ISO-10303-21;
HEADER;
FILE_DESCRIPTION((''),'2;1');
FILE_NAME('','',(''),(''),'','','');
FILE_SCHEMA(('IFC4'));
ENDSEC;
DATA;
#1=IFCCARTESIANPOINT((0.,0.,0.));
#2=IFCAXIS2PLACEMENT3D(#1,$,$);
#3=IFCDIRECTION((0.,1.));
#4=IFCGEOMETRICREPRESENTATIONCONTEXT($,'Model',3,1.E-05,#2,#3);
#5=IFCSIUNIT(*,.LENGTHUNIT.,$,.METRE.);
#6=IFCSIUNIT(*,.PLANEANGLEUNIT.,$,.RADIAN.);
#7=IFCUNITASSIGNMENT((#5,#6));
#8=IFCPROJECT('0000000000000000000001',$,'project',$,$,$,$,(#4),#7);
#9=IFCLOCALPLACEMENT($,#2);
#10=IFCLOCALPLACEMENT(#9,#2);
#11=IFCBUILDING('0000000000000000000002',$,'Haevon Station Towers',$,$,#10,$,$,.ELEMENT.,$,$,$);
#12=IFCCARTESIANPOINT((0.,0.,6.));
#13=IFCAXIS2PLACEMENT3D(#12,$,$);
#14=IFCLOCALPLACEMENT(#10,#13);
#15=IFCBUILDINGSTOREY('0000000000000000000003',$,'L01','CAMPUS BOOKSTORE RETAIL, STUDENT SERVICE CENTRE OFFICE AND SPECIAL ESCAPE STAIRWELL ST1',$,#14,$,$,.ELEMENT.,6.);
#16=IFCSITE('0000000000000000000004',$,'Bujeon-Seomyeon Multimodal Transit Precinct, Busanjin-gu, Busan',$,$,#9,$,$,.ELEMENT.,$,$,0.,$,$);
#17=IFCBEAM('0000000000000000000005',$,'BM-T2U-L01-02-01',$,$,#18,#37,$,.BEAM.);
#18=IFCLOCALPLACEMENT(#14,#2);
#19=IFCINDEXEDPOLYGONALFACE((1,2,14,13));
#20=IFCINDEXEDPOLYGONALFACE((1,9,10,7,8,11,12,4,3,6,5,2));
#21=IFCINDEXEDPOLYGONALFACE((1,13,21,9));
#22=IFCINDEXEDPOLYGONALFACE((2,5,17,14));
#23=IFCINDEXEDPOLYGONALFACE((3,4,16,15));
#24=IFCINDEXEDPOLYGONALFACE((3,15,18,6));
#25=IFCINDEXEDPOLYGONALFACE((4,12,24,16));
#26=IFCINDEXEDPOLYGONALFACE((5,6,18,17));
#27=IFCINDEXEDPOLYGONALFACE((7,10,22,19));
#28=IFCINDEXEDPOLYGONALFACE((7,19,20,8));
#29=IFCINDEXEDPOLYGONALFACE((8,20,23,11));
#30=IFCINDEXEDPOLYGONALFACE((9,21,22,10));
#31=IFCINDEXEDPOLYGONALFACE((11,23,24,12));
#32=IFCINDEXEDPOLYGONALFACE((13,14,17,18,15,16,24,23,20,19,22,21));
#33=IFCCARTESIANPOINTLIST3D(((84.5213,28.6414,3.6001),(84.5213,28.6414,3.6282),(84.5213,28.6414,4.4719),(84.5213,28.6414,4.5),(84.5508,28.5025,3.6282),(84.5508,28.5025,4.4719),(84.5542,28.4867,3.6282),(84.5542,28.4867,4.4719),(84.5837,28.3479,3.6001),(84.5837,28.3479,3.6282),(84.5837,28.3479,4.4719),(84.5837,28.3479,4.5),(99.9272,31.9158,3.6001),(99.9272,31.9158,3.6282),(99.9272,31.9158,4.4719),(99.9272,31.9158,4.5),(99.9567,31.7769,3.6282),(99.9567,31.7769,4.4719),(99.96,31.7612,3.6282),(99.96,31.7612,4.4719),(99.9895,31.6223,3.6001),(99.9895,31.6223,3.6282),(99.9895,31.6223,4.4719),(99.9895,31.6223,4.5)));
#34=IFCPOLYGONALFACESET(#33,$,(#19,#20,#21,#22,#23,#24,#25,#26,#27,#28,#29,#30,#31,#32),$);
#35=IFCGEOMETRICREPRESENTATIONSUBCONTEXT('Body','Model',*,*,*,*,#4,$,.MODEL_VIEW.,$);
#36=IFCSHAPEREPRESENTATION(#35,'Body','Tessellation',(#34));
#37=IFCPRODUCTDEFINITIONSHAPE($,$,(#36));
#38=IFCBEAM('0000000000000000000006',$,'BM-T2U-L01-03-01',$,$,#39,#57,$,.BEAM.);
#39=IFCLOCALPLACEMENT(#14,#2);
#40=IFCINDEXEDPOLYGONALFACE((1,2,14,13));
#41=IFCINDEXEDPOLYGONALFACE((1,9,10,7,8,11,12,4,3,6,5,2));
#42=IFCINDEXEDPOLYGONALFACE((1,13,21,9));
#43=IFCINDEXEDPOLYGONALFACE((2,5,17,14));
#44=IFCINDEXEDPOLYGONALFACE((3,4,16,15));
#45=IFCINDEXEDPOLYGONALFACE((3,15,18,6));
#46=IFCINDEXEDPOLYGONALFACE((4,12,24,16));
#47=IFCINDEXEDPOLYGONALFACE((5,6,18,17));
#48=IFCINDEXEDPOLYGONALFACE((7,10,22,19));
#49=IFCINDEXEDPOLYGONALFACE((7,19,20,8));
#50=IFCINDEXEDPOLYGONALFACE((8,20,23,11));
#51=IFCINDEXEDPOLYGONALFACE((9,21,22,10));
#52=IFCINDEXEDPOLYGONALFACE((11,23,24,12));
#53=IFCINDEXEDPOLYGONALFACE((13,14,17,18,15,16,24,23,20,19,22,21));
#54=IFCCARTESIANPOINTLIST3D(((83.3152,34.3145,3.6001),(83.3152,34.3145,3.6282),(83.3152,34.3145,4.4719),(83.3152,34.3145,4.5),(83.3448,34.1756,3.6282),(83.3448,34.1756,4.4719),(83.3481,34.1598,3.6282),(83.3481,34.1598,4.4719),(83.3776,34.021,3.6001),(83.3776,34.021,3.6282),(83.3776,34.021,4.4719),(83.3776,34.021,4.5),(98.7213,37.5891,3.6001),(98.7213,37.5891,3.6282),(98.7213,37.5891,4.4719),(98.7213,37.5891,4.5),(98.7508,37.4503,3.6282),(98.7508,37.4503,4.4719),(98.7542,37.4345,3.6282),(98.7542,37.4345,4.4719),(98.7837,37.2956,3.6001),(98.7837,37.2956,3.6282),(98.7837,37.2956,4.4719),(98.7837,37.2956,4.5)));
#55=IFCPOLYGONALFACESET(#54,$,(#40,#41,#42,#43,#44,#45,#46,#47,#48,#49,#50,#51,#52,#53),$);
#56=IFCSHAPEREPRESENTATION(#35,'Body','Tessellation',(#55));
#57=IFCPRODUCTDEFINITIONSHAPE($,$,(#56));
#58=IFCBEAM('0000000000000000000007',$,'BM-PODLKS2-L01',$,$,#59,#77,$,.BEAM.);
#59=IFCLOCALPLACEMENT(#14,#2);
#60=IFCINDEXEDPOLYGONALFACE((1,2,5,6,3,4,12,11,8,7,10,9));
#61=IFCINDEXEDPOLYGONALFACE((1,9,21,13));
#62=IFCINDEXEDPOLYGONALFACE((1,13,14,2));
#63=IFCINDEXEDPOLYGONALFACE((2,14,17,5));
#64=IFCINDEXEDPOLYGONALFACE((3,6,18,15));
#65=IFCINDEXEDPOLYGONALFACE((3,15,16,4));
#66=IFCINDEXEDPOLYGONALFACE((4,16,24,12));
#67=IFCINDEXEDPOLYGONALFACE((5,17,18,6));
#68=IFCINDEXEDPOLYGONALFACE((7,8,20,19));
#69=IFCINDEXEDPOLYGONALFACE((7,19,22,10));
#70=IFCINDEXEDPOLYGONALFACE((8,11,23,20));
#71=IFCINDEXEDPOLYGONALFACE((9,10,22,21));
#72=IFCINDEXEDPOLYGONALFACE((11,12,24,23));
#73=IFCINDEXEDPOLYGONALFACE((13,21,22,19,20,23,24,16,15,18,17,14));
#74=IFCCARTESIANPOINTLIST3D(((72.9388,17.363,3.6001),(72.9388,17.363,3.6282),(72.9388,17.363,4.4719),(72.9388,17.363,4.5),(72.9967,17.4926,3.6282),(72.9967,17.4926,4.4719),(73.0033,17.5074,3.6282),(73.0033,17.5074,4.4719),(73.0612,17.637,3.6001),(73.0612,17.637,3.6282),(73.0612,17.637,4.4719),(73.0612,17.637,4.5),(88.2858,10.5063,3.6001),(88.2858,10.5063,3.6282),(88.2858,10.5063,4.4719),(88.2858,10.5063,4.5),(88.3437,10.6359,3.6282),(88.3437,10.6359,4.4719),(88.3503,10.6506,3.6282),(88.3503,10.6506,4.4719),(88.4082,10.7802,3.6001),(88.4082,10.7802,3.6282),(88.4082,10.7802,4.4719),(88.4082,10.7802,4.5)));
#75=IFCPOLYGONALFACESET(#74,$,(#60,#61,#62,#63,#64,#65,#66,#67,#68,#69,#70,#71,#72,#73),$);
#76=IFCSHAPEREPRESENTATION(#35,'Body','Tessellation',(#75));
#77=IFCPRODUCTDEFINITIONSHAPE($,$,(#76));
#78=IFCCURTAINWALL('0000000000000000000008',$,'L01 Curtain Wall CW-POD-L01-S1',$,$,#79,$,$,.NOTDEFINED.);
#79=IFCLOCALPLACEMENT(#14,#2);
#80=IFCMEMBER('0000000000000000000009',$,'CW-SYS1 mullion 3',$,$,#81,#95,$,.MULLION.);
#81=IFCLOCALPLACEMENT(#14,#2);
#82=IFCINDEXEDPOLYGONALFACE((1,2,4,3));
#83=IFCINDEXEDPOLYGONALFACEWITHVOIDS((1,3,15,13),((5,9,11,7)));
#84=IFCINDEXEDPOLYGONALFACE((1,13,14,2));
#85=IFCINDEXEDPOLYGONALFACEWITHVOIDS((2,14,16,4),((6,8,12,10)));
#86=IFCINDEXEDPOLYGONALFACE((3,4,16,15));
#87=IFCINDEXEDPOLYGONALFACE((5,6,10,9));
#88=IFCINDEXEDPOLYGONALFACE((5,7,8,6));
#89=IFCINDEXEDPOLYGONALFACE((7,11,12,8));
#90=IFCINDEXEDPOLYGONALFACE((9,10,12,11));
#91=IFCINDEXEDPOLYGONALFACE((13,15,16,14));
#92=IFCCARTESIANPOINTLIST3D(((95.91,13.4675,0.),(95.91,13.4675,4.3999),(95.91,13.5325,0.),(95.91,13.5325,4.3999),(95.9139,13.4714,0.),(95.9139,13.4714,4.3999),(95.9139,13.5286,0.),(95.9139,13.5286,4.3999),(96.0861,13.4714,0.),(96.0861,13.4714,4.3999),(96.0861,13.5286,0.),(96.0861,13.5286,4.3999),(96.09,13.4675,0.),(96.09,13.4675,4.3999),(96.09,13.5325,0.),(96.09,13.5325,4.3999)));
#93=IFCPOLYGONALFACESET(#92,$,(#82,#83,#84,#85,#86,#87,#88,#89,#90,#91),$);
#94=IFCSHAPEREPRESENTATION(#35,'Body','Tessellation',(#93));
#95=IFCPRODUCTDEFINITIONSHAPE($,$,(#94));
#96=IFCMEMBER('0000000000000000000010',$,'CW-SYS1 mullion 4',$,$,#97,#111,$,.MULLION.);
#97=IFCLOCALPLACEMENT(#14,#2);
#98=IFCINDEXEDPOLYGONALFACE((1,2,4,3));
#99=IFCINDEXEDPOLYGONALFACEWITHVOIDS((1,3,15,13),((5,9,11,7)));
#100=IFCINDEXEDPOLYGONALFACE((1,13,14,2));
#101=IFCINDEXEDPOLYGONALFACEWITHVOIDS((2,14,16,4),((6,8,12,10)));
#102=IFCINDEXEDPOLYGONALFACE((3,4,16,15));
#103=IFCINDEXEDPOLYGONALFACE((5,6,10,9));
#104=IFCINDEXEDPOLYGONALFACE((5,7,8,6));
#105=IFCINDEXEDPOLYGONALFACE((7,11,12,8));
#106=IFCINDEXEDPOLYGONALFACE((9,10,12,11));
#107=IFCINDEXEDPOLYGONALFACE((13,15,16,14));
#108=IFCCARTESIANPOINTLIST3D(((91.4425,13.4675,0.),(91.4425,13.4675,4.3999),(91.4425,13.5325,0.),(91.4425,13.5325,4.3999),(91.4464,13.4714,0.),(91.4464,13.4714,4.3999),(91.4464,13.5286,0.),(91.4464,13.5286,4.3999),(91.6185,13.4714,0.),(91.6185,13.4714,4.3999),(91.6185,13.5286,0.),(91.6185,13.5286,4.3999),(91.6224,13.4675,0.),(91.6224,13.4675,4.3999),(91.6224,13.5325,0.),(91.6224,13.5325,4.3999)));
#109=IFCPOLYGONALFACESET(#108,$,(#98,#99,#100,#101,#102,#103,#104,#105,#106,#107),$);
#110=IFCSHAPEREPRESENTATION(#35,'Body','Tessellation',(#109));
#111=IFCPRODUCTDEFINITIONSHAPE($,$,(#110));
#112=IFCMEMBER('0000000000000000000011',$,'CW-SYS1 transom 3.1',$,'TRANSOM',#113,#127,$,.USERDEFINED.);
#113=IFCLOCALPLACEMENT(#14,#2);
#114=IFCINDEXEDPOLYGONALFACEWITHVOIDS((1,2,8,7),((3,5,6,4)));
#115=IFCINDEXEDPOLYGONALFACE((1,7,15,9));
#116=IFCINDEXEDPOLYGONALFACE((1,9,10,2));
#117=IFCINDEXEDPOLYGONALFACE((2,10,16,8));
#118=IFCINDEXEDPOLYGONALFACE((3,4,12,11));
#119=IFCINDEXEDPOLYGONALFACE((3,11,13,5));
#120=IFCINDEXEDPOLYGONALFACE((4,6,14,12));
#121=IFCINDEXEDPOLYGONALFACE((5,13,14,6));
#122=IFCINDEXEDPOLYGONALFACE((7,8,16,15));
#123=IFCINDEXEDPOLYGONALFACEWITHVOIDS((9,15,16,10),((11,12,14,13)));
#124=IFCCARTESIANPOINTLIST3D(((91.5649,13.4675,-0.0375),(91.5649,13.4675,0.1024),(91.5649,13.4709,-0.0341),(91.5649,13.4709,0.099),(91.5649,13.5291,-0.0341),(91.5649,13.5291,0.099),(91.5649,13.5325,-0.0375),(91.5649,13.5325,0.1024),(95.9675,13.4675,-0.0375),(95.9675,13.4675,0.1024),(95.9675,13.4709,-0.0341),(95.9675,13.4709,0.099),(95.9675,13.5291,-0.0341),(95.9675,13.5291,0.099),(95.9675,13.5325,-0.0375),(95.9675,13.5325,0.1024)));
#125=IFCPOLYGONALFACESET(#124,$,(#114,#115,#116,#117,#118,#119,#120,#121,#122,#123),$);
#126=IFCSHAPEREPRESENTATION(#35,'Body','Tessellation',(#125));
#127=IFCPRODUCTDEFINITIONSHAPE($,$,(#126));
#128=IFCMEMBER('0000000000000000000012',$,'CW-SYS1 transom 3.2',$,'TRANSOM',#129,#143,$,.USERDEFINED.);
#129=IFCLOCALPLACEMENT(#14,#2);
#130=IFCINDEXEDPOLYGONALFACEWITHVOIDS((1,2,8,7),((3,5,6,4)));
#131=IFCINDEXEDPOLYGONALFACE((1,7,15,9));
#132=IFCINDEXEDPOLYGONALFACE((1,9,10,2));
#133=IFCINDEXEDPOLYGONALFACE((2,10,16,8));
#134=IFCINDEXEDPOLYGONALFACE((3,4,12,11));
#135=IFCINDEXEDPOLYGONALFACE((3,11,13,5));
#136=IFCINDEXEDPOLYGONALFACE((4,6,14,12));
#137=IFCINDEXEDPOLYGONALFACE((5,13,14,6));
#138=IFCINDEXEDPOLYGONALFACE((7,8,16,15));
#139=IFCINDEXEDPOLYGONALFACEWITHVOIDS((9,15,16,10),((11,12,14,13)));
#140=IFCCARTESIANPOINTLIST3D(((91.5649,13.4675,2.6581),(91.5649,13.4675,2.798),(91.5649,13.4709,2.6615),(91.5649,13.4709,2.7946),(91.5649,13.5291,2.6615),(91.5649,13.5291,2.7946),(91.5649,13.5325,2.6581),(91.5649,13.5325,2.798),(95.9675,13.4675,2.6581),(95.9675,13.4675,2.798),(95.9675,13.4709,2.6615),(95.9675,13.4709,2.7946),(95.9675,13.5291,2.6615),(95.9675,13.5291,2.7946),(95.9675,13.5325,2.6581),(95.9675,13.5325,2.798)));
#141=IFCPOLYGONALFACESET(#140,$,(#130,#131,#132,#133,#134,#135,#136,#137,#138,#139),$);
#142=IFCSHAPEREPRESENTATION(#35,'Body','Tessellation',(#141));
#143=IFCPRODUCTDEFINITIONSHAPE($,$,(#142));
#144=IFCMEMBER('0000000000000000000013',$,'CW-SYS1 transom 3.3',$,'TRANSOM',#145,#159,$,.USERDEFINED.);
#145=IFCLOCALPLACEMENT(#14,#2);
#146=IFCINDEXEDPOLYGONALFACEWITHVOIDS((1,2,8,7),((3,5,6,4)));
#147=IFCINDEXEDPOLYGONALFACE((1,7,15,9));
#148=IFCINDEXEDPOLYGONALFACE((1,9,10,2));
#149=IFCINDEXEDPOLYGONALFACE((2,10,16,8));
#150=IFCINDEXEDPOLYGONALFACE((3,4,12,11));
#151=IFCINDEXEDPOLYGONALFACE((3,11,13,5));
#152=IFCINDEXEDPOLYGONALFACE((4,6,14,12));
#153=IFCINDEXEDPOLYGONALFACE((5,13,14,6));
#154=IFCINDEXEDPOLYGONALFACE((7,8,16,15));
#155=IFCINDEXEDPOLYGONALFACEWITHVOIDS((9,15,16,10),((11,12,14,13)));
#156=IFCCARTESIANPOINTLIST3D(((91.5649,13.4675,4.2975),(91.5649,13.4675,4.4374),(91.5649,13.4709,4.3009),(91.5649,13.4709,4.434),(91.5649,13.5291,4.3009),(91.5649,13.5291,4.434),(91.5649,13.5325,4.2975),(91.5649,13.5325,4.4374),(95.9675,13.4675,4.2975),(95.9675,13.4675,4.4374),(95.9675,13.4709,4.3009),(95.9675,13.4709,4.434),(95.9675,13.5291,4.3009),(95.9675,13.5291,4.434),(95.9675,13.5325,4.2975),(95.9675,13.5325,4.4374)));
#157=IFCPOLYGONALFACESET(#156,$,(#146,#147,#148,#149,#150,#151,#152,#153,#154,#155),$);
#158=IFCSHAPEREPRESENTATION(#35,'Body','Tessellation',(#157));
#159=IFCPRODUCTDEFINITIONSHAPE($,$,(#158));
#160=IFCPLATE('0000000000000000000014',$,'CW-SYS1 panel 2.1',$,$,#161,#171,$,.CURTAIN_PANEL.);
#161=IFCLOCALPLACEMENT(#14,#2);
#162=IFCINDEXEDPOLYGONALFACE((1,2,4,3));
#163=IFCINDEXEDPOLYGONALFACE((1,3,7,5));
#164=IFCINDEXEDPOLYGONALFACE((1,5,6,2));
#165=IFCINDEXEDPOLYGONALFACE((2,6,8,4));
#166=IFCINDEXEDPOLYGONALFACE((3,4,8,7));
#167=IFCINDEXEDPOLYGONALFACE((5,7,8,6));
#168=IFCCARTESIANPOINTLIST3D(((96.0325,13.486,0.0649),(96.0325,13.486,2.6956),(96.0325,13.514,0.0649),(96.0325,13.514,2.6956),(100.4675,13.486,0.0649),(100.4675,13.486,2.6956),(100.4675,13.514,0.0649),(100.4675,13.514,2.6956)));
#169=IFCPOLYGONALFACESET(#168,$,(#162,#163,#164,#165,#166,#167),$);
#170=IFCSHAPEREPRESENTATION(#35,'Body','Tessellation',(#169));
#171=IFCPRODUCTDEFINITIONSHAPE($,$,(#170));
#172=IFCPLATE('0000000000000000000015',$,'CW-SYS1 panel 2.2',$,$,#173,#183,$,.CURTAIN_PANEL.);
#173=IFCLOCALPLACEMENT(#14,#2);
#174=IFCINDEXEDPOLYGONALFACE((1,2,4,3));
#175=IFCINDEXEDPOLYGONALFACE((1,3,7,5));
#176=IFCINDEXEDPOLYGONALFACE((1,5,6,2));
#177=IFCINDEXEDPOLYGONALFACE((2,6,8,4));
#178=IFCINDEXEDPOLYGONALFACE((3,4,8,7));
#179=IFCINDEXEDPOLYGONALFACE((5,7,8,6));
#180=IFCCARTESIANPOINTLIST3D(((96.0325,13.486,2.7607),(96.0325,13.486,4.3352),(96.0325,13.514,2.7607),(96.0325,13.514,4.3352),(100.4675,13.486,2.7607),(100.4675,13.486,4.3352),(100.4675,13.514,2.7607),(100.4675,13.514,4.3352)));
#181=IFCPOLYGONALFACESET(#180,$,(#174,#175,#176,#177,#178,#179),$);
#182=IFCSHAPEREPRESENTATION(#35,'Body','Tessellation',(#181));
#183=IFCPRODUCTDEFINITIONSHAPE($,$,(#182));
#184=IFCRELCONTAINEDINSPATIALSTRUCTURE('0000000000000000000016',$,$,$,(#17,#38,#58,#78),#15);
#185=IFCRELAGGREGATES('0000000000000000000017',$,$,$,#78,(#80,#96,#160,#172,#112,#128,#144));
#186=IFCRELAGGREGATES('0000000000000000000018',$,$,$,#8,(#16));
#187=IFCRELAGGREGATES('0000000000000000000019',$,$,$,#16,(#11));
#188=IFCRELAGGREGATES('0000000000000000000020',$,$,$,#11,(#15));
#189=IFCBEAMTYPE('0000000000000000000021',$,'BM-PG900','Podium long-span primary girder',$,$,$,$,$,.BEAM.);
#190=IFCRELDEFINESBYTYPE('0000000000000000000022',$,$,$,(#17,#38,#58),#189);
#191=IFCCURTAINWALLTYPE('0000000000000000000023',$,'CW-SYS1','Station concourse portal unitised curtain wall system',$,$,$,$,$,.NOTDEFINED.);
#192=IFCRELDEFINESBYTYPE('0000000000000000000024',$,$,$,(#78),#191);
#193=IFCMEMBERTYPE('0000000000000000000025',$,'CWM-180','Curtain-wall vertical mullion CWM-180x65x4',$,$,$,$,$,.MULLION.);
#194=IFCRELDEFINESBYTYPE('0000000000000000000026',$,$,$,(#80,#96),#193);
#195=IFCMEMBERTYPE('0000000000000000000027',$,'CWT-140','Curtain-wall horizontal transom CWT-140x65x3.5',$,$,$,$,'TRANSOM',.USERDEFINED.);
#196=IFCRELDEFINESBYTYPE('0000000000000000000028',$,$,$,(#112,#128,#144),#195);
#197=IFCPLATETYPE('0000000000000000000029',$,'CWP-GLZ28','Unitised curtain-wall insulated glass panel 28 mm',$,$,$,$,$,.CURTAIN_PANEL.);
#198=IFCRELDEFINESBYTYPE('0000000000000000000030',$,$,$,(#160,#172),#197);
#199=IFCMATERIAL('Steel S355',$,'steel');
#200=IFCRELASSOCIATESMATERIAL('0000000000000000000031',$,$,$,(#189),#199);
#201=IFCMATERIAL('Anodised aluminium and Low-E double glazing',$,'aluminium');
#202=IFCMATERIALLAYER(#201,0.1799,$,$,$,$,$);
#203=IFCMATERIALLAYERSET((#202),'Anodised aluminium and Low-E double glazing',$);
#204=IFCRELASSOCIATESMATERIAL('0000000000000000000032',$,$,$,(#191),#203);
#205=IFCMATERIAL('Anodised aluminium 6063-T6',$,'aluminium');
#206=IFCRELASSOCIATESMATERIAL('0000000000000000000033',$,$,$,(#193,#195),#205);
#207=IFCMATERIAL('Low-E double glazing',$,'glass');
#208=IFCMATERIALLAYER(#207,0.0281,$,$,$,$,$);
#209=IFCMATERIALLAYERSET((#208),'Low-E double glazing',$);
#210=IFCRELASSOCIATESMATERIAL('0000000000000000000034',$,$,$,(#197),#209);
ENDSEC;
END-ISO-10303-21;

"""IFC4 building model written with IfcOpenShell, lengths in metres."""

from ifc_helpers import new_model, si_unit, direction, frame, origin, origin_2d, place, context, subcontext, project, spatial, rectangle, hollow_rectangle, i_section, extrude, material, layer, layer_set, material_profile, profile_set, type_object, element, aggregate, save


model = new_model("IFC4")

# Units and contexts
model_context = context("Model", 3, precision=1e-05, world=origin(), true_north=direction((0.0, 1.0)))
body_context = subcontext(model_context, "Body", "Model", "MODEL_VIEW")
ifc_project = project(units=[si_unit("LENGTHUNIT", "METRE"), si_unit("PLANEANGLEUNIT", "RADIAN")], contexts=[model_context])

# Site, building, storey
site_placement = place(None, origin())
site = spatial("IfcSite", under=ifc_project, at=site_placement, Name="Bujeon-Seomyeon Multimodal Transit Precinct, Busanjin-gu, Busan", CompositionType="ELEMENT", RefElevation=0.0)
building_placement = place(site_placement, origin())
building = spatial("IfcBuilding", under=site, at=building_placement, Name="Haevon Station Towers", CompositionType="ELEMENT")
storey_placement = place(building_placement, frame((0.0, 0.0, 6.0)))
storey = spatial("IfcBuildingStorey", under=building, at=storey_placement, Name="L01", Description="CAMPUS BOOKSTORE RETAIL, STUDENT SERVICE CENTRE OFFICE AND SPECIAL ESCAPE STAIRWELL ST1", CompositionType="ELEMENT", Elevation=6.0)

# Beams
ifc_material_1 = material(Name="Steel S355", Category="steel")
ifc_material_profile_1 = material_profile(ifc_material_1, i_section(OverallWidth=0.3, OverallDepth=0.8999, WebThickness=0.0161, FlangeThickness=0.0281, at=origin_2d()), Name="H-900x300x16x28")
ifc_profile_set_1 = profile_set([ifc_material_profile_1], Name="Steel S355")
beam_type_1 = type_object("IfcBeamType", Name="BM-PG900", Description="Podium long-span primary girder", PredefinedType="BEAM", material=ifc_profile_set_1)
for number, where, z_axis, x_axis, name in (
    (1, (84.5525, 28.4946, 4.05), (0.97815, 0.207901, 0.0), (-0.207901, 0.97815, 0.0), "BM-T2U-L01-02-01"),
):
    element("IfcBeam", number, at=place(storey_placement, frame(where, z_axis=z_axis, x_axis=x_axis)), inside=storey, type_object=beam_type_1, Name=name, PredefinedType="BEAM", context=body_context, shape_type="SweptSolid", body=[
        extrude(i_section(OverallWidth=0.3, OverallDepth=0.8999, WebThickness=0.0161, FlangeThickness=0.0281, at=origin_2d()), origin(), (0.0, 0.0, 1.0), 15.75),
    ])
beam_1_placement = place(storey_placement, frame((83.3464, 34.1677, 4.05), z_axis=(0.978147, 0.207912, 0.0), x_axis=(-0.207912, 0.978147, 0.0)))
element("IfcBeam", 2, at=beam_1_placement, inside=storey, type_object=beam_type_1, Name="BM-T2U-L01-03-01", PredefinedType="BEAM", context=body_context, shape_type="SweptSolid", body=[
    extrude(i_section(OverallWidth=0.3, OverallDepth=0.8999, WebThickness=0.0161, FlangeThickness=0.0281, at=origin_2d()), origin(), (0.0, 0.0, 1.0), 15.7502),
])
beam_2_placement = place(storey_placement, frame((73.0, 17.5, 4.05), z_axis=(0.913019, -0.407918, 0.0), x_axis=(0.407918, 0.913019, 0.0)))
element("IfcBeam", 3, at=beam_2_placement, inside=storey, type_object=beam_type_1, Name="BM-PODLKS2-L01", PredefinedType="BEAM", context=body_context, shape_type="SweptSolid", body=[
    extrude(i_section(OverallWidth=0.3, OverallDepth=0.8999, WebThickness=0.0161, FlangeThickness=0.0281, at=origin_2d()), origin(), (0.0, 0.0, 1.0), 16.8091),
])

# Curtain wall, members, plates
ifc_material_2 = material(Name="Anodised aluminium and Low-E double glazing", Category="aluminium")
ifc_layer_1 = layer(ifc_material_2, 0.1799)
ifc_layer_set_1 = layer_set([ifc_layer_1], Name="Anodised aluminium and Low-E double glazing")
curtain_wall_type = type_object("IfcCurtainWallType", Name="CW-SYS1", Description="Station concourse portal unitised curtain wall system", PredefinedType="NOTDEFINED", material=ifc_layer_set_1)
curtain_wall_placement = place(storey_placement, origin())
curtain_wall = element("IfcCurtainWall", 4, at=curtain_wall_placement, inside=storey, type_object=curtain_wall_type, Name="L01 Curtain Wall CW-POD-L01-S1", PredefinedType="NOTDEFINED")
ifc_material_3 = material(Name="Anodised aluminium 6063-T6", Category="aluminium")
ifc_material_profile_2 = material_profile(ifc_material_3, hollow_rectangle(XDim=0.0649, YDim=0.1799, WallThickness=0.0039, at=origin_2d()), Name="CWM-180x65x4")
ifc_profile_set_2 = profile_set([ifc_material_profile_2], Name="Anodised aluminium 6063-T6")
member_type_1 = type_object("IfcMemberType", Name="CWM-180", Description="Curtain-wall vertical mullion CWM-180x65x4", PredefinedType="MULLION", material=ifc_profile_set_2)
member_1_placement = place(storey_placement, frame((96.0, 13.5, 0.0), z_axis=(0.0, 0.0, 1.0), x_axis=(0.0, -1.0, 0.0)))
member_1 = element("IfcMember", 5, at=member_1_placement, type_object=member_type_1, Name="CW-SYS1 mullion 3", PredefinedType="MULLION", context=body_context, shape_type="SweptSolid", body=[
    extrude(hollow_rectangle(XDim=0.0649, YDim=0.1799, WallThickness=0.0039, at=origin_2d()), origin(), (0.0, 0.0, 1.0), 4.3999),
])
member_2_placement = place(storey_placement, frame((91.5325, 13.5, 0.0), z_axis=(0.0, 0.0, 1.0), x_axis=(0.0, -1.0, 0.0)))
member_2 = element("IfcMember", 6, at=member_2_placement, type_object=member_type_1, Name="CW-SYS1 mullion 4", PredefinedType="MULLION", context=body_context, shape_type="SweptSolid", body=[
    extrude(hollow_rectangle(XDim=0.0649, YDim=0.1799, WallThickness=0.0039, at=origin_2d()), origin(), (0.0, 0.0, 1.0), 4.3999),
])
ifc_material_profile_3 = material_profile(ifc_material_3, hollow_rectangle(XDim=0.0649, YDim=0.1399, WallThickness=0.0034, at=origin_2d()), Name="CWT-140x65x3.5")
ifc_profile_set_3 = profile_set([ifc_material_profile_3], Name="Anodised aluminium 6063-T6")
member_type_2 = type_object("IfcMemberType", Name="CWT-140", Description="Curtain-wall horizontal transom CWT-140x65x3.5", ElementType="TRANSOM", PredefinedType="USERDEFINED", material=ifc_profile_set_3)
member_3_placement = place(storey_placement, frame((95.9675, 13.5, 0.0325), z_axis=(-1.0, 0.0, 0.0), x_axis=(0.0, -1.0, 0.0)))
member_3 = element("IfcMember", 7, at=member_3_placement, type_object=member_type_2, Name="CW-SYS1 transom 3.1", ObjectType="TRANSOM", PredefinedType="USERDEFINED", context=body_context, shape_type="SweptSolid", body=[
    extrude(hollow_rectangle(XDim=0.0649, YDim=0.1399, WallThickness=0.0034, at=origin_2d()), origin(), (0.0, 0.0, 1.0), 4.4026),
])
member_4_placement = place(storey_placement, frame((95.9675, 13.5, 2.728), z_axis=(-1.0, 0.0, 0.0), x_axis=(0.0, -1.0, 0.0)))
member_4 = element("IfcMember", 8, at=member_4_placement, type_object=member_type_2, Name="CW-SYS1 transom 3.2", ObjectType="TRANSOM", PredefinedType="USERDEFINED", context=body_context, shape_type="SweptSolid", body=[
    extrude(hollow_rectangle(XDim=0.0649, YDim=0.1399, WallThickness=0.0034, at=origin_2d()), origin(), (0.0, 0.0, 1.0), 4.4026),
])
member_5_placement = place(storey_placement, frame((95.9675, 13.5, 4.3674), z_axis=(-1.0, 0.0, 0.0), x_axis=(0.0, -1.0, 0.0)))
member_5 = element("IfcMember", 9, at=member_5_placement, type_object=member_type_2, Name="CW-SYS1 transom 3.3", ObjectType="TRANSOM", PredefinedType="USERDEFINED", context=body_context, shape_type="SweptSolid", body=[
    extrude(hollow_rectangle(XDim=0.0649, YDim=0.1399, WallThickness=0.0034, at=origin_2d()), origin(), (0.0, 0.0, 1.0), 4.4026),
])
ifc_material_4 = material(Name="Low-E double glazing", Category="glass")
ifc_layer_2 = layer(ifc_material_4, 0.0281)
ifc_layer_set_2 = layer_set([ifc_layer_2], Name="Low-E double glazing")
plate_type = type_object("IfcPlateType", Name="CWP-GLZ28", Description="Unitised curtain-wall insulated glass panel 28 mm", PredefinedType="CURTAIN_PANEL", material=ifc_layer_set_2)
plate_1_placement = place(storey_placement, frame((98.25, 13.5, 0.0649), z_axis=(0.0, 0.0, 1.0), x_axis=(-1.0, 0.0, 0.0)))
plate_1 = element("IfcPlate", 10, at=plate_1_placement, type_object=plate_type, Name="CW-SYS1 panel 2.1", PredefinedType="CURTAIN_PANEL", context=body_context, shape_type="SweptSolid", body=[
    extrude(rectangle(XDim=4.4351, YDim=0.0281, at=origin_2d()), origin(), (0.0, 0.0, 1.0), 2.6306),
])
plate_2_placement = place(storey_placement, frame((98.25, 13.5, 2.7607), z_axis=(0.0, 0.0, 1.0), x_axis=(-1.0, 0.0, 0.0)))
plate_2 = element("IfcPlate", 11, at=plate_2_placement, type_object=plate_type, Name="CW-SYS1 panel 2.2", PredefinedType="CURTAIN_PANEL", context=body_context, shape_type="SweptSolid", body=[
    extrude(rectangle(XDim=4.4351, YDim=0.0281, at=origin_2d()), origin(), (0.0, 0.0, 1.0), 1.5745),
])
aggregate(curtain_wall, [member_1, member_2, plate_1, plate_2, member_3, member_4, member_5])

save(model, "model.ifc")
